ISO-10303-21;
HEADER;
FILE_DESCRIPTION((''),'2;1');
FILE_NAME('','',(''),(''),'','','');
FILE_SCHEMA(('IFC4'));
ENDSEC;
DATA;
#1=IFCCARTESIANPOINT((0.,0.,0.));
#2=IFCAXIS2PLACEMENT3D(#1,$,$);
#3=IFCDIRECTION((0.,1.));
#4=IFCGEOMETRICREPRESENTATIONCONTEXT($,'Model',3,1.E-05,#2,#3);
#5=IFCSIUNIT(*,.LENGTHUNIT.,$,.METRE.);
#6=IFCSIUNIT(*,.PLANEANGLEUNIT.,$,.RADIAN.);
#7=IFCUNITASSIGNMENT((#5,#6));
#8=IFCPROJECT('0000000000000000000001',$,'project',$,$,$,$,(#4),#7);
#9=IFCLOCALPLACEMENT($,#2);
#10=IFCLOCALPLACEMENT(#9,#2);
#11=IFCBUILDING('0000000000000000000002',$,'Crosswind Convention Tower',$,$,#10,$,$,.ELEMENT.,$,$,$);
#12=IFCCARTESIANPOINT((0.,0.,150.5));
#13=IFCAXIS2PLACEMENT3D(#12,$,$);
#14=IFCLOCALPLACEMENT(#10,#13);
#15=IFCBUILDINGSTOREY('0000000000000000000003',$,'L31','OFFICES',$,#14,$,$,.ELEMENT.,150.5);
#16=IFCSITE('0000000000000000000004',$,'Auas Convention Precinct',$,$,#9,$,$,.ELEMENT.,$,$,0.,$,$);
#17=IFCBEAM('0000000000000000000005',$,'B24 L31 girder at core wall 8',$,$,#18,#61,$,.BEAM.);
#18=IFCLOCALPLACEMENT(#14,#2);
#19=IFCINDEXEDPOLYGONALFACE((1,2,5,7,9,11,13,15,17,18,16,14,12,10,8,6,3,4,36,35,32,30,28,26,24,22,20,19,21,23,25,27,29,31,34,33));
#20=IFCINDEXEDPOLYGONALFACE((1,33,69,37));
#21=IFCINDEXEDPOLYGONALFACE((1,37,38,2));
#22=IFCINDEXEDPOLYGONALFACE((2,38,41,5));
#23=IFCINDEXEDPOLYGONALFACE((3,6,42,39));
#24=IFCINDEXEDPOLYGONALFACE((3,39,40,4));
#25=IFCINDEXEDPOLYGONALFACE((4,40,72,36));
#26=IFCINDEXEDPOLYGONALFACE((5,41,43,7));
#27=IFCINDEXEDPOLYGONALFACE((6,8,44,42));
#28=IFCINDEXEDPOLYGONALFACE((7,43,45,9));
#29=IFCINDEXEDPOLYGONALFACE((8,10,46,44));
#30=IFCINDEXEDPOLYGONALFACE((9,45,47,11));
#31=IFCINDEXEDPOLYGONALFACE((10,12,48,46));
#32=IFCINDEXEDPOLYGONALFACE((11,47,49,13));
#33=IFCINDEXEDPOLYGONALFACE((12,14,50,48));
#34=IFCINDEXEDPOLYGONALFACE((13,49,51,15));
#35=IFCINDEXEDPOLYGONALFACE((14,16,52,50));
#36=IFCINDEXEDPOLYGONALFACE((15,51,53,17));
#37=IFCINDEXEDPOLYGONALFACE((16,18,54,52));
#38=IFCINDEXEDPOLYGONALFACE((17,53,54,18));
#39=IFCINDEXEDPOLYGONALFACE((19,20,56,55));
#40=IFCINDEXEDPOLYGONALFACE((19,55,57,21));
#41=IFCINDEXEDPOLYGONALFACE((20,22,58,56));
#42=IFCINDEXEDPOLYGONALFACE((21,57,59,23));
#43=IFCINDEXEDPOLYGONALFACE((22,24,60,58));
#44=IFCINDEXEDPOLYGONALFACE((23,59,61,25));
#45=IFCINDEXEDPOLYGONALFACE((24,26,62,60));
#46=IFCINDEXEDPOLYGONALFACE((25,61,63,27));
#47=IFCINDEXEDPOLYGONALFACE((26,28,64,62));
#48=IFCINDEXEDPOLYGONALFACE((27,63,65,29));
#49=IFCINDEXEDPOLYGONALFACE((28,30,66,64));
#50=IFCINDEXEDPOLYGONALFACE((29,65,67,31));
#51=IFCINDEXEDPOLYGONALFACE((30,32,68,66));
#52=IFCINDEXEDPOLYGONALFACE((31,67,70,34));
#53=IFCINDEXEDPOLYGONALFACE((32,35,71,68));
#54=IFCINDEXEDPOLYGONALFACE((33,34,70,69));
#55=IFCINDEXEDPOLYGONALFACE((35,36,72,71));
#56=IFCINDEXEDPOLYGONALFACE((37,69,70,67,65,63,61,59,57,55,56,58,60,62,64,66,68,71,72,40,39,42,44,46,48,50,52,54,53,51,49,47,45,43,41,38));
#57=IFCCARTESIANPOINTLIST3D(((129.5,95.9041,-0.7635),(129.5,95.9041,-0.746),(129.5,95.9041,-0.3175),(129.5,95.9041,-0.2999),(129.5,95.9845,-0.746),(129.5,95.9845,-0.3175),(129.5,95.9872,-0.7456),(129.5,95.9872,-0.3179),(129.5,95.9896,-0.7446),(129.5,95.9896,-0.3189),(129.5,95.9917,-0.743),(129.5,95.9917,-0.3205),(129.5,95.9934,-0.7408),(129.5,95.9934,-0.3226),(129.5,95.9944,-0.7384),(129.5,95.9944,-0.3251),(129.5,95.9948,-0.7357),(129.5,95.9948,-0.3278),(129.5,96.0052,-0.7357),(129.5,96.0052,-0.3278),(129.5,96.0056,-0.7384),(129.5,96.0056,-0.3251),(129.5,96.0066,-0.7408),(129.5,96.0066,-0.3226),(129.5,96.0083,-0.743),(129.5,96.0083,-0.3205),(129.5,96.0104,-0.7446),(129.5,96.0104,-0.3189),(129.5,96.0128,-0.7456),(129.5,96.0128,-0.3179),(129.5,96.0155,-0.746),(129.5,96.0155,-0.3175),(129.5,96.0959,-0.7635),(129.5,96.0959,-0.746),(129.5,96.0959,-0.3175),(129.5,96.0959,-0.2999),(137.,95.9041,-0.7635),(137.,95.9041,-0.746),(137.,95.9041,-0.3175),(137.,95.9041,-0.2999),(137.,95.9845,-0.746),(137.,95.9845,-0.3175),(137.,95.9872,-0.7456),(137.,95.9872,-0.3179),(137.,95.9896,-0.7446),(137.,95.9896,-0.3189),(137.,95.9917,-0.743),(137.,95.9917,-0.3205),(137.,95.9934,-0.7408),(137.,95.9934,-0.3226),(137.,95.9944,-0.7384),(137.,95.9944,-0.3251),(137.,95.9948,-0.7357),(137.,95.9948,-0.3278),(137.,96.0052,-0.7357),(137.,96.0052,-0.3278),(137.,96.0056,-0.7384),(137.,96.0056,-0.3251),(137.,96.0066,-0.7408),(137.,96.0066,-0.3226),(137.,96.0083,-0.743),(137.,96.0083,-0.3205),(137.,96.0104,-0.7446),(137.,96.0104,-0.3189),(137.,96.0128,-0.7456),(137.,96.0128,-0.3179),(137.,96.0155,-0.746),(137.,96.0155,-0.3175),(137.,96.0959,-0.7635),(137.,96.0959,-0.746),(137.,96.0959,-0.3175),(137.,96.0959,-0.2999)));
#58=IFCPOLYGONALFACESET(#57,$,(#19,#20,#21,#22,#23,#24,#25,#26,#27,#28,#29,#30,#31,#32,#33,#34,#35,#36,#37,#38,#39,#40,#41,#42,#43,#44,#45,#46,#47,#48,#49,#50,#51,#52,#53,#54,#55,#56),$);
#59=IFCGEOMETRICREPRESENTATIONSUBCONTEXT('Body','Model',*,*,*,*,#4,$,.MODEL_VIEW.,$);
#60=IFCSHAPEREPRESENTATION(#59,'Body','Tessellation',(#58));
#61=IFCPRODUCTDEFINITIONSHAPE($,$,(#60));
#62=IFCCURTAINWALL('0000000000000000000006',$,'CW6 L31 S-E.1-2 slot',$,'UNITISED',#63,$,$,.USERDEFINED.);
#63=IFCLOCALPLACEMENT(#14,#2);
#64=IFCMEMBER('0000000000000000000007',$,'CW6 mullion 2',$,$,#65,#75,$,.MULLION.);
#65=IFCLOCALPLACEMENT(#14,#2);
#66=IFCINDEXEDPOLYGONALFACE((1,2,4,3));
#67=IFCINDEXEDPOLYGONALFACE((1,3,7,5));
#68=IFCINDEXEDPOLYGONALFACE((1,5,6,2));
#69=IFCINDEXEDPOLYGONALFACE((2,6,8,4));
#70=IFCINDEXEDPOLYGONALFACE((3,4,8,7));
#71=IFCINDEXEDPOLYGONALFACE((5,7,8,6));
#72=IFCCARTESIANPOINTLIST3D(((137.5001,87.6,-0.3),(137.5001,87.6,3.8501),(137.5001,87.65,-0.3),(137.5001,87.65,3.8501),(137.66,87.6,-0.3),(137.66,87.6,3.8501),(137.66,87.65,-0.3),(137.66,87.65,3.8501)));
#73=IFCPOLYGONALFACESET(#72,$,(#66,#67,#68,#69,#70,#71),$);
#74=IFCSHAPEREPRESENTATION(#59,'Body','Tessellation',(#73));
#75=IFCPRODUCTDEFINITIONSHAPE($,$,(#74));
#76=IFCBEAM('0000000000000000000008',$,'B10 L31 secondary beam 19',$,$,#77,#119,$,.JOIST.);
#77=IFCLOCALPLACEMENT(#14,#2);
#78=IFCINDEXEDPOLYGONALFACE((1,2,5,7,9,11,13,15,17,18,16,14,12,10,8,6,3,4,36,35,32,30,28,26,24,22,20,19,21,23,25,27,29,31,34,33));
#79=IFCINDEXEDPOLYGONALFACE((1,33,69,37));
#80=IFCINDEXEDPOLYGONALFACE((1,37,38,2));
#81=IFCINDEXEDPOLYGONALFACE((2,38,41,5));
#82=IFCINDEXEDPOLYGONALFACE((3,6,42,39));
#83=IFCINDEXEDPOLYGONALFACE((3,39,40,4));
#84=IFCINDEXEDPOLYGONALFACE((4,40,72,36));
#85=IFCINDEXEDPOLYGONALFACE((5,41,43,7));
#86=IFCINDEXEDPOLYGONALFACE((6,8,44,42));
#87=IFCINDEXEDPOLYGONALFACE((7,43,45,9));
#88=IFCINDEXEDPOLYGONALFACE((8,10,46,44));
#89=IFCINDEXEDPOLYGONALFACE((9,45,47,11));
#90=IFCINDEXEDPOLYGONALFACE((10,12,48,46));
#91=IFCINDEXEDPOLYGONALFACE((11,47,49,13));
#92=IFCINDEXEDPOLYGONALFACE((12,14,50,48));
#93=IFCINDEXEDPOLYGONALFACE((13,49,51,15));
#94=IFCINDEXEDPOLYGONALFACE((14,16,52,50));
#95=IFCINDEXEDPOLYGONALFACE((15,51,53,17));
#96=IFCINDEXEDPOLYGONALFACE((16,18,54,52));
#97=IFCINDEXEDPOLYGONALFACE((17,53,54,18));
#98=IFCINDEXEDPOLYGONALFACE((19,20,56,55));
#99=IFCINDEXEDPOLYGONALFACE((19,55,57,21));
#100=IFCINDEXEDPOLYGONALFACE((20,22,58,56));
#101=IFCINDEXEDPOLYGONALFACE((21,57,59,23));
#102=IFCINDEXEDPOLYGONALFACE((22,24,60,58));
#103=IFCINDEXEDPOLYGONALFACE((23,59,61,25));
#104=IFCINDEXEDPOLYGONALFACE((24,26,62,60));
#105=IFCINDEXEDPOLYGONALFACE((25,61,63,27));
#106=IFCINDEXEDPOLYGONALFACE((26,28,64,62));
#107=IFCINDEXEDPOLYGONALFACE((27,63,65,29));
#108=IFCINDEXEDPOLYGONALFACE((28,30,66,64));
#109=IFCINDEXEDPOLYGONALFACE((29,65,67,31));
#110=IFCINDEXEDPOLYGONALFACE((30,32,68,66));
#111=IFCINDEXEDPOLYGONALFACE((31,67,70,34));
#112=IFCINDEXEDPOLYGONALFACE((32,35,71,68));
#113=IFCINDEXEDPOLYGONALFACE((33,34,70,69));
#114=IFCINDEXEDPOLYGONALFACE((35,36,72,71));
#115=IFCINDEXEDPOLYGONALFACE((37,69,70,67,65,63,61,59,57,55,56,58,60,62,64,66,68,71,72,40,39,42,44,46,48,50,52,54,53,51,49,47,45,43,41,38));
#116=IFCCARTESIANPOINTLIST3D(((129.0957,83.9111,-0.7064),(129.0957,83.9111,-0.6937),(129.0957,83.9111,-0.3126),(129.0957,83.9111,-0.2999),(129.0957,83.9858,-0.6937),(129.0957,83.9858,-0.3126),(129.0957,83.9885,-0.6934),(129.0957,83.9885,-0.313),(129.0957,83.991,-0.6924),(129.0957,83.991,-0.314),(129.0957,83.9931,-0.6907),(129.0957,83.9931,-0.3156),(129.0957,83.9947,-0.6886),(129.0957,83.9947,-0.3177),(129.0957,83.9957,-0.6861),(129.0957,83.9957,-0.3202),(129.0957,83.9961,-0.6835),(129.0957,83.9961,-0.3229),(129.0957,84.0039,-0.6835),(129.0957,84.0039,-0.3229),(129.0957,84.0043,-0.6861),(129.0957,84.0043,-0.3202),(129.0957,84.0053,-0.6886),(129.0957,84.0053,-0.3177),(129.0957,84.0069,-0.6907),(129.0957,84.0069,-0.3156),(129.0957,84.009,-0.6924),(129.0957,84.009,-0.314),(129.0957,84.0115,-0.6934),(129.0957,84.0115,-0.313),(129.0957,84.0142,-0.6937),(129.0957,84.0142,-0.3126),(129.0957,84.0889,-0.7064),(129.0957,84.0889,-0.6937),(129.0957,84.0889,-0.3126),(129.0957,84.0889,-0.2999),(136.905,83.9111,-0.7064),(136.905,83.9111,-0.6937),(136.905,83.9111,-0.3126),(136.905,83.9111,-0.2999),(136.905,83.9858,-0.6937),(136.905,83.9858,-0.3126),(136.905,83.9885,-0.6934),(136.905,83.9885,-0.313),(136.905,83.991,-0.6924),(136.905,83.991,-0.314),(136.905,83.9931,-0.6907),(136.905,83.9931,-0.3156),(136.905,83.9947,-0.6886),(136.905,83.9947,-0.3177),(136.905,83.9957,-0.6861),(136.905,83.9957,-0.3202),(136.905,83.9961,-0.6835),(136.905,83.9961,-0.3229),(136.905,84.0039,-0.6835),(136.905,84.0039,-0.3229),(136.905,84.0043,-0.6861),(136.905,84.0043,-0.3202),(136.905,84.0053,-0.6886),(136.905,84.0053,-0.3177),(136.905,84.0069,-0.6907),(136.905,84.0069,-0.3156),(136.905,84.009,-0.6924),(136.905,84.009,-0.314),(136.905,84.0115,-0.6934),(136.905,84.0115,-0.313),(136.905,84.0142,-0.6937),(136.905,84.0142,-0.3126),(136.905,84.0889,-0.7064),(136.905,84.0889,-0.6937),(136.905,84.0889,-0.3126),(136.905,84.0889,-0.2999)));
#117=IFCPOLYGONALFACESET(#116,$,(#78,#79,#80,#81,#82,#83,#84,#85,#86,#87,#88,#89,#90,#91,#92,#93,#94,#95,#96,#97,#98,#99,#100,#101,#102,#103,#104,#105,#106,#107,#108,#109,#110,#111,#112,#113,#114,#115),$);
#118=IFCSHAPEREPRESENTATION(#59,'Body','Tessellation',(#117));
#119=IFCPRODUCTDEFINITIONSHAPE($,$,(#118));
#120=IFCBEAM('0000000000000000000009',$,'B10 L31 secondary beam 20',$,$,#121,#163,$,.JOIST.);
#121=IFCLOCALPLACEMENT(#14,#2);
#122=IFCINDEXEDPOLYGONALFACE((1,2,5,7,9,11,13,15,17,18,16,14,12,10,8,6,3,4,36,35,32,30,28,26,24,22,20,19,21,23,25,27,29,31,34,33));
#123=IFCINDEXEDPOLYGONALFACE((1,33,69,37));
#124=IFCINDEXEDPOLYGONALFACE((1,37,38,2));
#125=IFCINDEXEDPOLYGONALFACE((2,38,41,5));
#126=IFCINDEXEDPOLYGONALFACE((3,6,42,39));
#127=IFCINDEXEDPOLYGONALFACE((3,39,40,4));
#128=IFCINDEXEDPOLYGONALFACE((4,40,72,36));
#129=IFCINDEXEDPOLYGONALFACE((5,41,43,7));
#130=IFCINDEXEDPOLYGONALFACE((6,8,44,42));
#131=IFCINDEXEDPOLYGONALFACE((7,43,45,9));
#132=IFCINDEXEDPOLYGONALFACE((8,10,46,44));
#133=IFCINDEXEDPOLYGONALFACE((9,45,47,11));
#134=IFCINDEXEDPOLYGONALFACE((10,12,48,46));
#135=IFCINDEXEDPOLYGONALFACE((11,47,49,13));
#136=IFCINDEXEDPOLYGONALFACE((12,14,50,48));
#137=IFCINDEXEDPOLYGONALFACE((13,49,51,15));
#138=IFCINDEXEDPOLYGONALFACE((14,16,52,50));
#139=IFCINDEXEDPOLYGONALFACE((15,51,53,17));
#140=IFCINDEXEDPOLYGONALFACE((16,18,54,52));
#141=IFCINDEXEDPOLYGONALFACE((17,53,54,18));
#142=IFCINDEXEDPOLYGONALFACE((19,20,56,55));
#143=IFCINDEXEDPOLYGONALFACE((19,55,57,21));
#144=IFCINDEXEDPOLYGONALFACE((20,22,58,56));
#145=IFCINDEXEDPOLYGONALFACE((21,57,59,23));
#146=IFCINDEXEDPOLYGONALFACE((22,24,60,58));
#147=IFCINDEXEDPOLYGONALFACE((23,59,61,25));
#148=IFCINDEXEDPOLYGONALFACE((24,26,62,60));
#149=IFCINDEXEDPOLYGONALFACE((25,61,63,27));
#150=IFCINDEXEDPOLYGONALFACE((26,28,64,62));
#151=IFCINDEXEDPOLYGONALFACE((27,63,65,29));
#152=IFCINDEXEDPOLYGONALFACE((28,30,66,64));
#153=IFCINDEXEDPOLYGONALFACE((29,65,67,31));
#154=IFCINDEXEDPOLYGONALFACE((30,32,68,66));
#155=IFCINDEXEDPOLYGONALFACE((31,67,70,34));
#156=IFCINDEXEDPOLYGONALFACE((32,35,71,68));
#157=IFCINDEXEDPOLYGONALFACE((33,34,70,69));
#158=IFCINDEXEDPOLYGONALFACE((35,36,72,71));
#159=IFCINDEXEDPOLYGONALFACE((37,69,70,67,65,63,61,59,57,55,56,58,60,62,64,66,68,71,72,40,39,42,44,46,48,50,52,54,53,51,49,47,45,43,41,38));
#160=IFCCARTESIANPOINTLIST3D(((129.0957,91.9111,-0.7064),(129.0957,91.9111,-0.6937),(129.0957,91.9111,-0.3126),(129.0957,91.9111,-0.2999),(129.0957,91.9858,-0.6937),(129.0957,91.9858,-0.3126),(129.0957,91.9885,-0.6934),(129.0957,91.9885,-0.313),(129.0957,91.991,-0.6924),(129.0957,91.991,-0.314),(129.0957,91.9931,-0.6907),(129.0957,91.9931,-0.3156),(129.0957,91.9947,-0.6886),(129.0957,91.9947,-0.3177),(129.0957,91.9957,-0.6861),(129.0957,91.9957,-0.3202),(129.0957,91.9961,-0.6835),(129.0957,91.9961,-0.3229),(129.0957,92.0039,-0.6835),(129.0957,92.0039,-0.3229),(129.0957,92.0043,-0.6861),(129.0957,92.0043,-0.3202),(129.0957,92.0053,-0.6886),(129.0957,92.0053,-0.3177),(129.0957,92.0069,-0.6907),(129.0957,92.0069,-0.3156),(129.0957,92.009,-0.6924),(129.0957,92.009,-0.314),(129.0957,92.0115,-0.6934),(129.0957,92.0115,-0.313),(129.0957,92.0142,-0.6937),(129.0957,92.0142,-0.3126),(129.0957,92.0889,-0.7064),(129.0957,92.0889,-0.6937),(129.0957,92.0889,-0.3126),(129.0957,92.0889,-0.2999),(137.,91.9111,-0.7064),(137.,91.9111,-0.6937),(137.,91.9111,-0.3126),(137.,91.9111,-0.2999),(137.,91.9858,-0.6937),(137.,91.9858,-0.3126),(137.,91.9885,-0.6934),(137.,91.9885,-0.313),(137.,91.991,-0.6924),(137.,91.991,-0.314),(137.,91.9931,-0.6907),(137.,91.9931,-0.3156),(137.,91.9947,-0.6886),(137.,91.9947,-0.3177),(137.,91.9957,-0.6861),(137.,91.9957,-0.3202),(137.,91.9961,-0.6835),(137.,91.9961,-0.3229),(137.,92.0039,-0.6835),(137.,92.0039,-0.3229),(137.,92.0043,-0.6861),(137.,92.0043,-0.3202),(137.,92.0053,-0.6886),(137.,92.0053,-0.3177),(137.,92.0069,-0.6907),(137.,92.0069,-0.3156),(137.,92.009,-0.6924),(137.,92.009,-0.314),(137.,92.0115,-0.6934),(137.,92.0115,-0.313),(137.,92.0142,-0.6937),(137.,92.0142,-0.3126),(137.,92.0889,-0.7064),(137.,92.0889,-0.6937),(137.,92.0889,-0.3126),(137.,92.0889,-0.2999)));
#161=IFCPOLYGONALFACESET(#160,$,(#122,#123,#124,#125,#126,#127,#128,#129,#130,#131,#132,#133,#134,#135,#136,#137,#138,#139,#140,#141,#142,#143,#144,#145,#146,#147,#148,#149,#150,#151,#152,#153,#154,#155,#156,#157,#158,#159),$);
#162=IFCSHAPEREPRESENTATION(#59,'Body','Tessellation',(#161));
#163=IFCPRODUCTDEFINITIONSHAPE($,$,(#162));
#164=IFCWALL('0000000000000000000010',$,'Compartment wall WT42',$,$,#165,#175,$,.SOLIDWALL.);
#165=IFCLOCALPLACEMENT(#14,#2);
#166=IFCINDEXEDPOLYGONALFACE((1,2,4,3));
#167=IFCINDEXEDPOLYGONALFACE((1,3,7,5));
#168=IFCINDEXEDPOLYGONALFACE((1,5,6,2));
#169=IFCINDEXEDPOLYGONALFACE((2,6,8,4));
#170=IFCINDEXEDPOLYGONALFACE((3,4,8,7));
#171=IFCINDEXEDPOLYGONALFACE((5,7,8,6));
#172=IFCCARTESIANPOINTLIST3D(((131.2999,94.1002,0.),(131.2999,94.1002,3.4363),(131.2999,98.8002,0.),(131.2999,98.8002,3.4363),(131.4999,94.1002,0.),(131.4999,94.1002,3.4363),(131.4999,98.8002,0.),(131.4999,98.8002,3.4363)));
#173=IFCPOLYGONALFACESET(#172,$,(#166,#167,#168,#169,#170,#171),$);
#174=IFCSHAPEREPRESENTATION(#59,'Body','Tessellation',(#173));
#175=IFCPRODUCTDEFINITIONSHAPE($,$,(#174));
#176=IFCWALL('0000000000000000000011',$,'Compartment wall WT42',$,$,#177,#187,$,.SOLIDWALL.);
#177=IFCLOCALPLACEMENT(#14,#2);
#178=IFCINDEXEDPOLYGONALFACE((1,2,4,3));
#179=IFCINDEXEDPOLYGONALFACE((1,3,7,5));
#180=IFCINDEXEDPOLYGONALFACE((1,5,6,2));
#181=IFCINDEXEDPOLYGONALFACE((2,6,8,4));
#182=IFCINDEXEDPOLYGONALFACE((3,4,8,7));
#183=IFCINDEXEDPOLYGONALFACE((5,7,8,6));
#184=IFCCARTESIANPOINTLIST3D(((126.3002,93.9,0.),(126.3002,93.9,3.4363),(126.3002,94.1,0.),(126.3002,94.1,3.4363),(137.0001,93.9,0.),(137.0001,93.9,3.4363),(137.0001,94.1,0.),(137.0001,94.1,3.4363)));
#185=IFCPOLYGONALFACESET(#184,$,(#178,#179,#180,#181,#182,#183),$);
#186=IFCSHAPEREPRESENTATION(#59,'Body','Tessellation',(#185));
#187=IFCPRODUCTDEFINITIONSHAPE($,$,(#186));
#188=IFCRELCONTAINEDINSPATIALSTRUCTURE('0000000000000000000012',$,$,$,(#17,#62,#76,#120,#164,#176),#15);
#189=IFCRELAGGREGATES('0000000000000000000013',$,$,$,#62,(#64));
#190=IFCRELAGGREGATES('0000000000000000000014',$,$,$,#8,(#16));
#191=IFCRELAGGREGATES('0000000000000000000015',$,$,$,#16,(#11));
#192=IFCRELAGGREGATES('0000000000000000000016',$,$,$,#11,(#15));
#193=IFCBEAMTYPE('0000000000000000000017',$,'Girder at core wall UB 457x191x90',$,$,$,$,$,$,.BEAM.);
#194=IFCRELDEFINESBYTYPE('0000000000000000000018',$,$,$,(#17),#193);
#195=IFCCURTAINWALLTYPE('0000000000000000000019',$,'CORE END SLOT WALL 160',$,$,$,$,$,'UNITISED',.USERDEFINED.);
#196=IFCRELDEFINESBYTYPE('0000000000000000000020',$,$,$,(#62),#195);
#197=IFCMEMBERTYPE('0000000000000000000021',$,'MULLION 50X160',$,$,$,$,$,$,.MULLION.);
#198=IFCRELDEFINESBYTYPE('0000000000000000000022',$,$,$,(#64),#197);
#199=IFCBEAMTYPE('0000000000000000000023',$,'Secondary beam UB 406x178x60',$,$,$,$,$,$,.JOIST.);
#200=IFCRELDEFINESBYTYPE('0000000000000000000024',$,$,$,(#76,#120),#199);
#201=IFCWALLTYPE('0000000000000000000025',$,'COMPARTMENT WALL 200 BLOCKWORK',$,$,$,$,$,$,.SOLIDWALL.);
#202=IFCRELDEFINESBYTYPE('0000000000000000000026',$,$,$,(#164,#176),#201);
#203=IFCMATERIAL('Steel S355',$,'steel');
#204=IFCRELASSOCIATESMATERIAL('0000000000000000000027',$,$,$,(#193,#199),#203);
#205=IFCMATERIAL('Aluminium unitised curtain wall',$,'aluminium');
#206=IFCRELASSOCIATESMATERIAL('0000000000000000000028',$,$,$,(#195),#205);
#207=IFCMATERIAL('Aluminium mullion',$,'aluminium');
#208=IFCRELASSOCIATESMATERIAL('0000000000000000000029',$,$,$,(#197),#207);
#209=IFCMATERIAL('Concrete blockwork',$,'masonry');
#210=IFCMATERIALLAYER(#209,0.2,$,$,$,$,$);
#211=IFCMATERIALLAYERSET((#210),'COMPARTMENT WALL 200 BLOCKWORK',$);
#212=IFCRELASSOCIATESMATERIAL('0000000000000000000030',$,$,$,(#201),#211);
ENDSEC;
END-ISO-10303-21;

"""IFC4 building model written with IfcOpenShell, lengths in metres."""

from ifc_helpers import new_model, si_unit, direction, frame, frame_2d, origin, origin_2d, place, context, subcontext, project, spatial, rectangle, i_section, extrude, material, layer, layer_set, material_profile, profile_set, type_object, element, aggregate, save


model = new_model("IFC4")

# Units and contexts
model_context = context("Model", 3, precision=1e-05, world=origin(), true_north=direction((0.0, 1.0)))
body_context = subcontext(model_context, "Body", "Model", "MODEL_VIEW")
ifc_project = project(units=[si_unit("LENGTHUNIT", "METRE"), si_unit("PLANEANGLEUNIT", "RADIAN")], contexts=[model_context])

# Site, building, storey
site_placement = place(None, origin())
site = spatial("IfcSite", under=ifc_project, at=site_placement, Name="Auas Convention Precinct", CompositionType="ELEMENT", RefElevation=0.0)
building_placement = place(site_placement, origin())
building = spatial("IfcBuilding", under=site, at=building_placement, Name="Crosswind Convention Tower", CompositionType="ELEMENT")
storey_placement = place(building_placement, frame((0.0, 0.0, 150.5)))
storey = spatial("IfcBuildingStorey", under=building, at=storey_placement, Name="L31", Description="OFFICES", CompositionType="ELEMENT", Elevation=150.5)

# Beam
ifc_material_1 = material(Name="Steel S355", Category="steel")
ifc_material_profile_1 = material_profile(ifc_material_1, i_section(OverallWidth=0.1919, OverallDepth=0.4636, WebThickness=0.0105, FlangeThickness=0.0176, FilletRadius=0.0103, at=origin_2d()), Name="UB 457x191x90")
ifc_profile_set_1 = profile_set([ifc_material_profile_1], Name="Steel S355")
beam_type_1 = type_object("IfcBeamType", Name="Girder at core wall UB 457x191x90", PredefinedType="BEAM", material=ifc_profile_set_1)
for number, where, z_axis, x_axis, name in (
    (1, (129.5, 96.0, -0.5317), (1.0, 0.0, 0.0), (0.0, 1.0, 0.0), "B24 L31 girder at core wall 8"),
):
    element("IfcBeam", number, at=place(storey_placement, frame(where, z_axis=z_axis, x_axis=x_axis)), inside=storey, type_object=beam_type_1, Name=name, PredefinedType="BEAM", context=body_context, shape_type="SweptSolid", body=[
        extrude(i_section(OverallWidth=0.1919, OverallDepth=0.4636, WebThickness=0.0105, FlangeThickness=0.0176, FilletRadius=0.0103, at=origin_2d()), origin(), (0.0, 0.0, 1.0), 7.5),
    ])

# Curtain wall, member
ifc_material_2 = material(Name="Aluminium unitised curtain wall", Category="aluminium")
curtain_wall_type = type_object("IfcCurtainWallType", Name="CORE END SLOT WALL 160", ElementType="UNITISED", PredefinedType="USERDEFINED", material=ifc_material_2)
curtain_wall_placement = place(storey_placement, origin())
curtain_wall = element("IfcCurtainWall", 2, at=curtain_wall_placement, inside=storey, type_object=curtain_wall_type, Name="CW6 L31 S-E.1-2 slot", ObjectType="UNITISED", PredefinedType="USERDEFINED")
ifc_material_3 = material(Name="Aluminium mullion", Category="aluminium")
ifc_material_profile_2 = material_profile(ifc_material_3, rectangle(XDim=0.1599, YDim=0.05, at=origin_2d()), Name="AL 160X50")
ifc_profile_set_2 = profile_set([ifc_material_profile_2], Name="Aluminium mullion")
member_type = type_object("IfcMemberType", Name="MULLION 50X160", PredefinedType="MULLION", material=ifc_profile_set_2)
member_placement = place(storey_placement, frame((137.5801, 87.625, -0.3), z_axis=(0.0, 0.0, 1.0), x_axis=(1.0, 0.0, 0.0)))
member = element("IfcMember", 3, at=member_placement, type_object=member_type, Name="CW6 mullion 2", PredefinedType="MULLION", context=body_context, shape_type="SweptSolid", body=[
    extrude(rectangle(XDim=0.1599, YDim=0.05, at=origin_2d()), origin(), (0.0, 0.0, 1.0), 4.1501),
])
aggregate(curtain_wall, [member])

# Beams
ifc_material_profile_3 = material_profile(ifc_material_1, i_section(OverallWidth=0.1777, OverallDepth=0.4065, WebThickness=0.0078, FlangeThickness=0.0127, FilletRadius=0.0103, at=origin_2d()), Name="UB 406x178x60")
ifc_profile_set_3 = profile_set([ifc_material_profile_3], Name="Steel S355")
beam_type_2 = type_object("IfcBeamType", Name="Secondary beam UB 406x178x60", PredefinedType="JOIST", material=ifc_profile_set_3)
beam_1_placement = place(storey_placement, frame((129.0957, 84.0, -0.5032), z_axis=(1.0, 0.0, 0.0), x_axis=(0.0, 1.0, 0.0)))
element("IfcBeam", 4, at=beam_1_placement, inside=storey, type_object=beam_type_2, Name="B10 L31 secondary beam 19", PredefinedType="JOIST", context=body_context, shape_type="SweptSolid", body=[
    extrude(i_section(OverallWidth=0.1777, OverallDepth=0.4065, WebThickness=0.0078, FlangeThickness=0.0127, FilletRadius=0.0103, at=origin_2d()), origin(), (0.0, 0.0, 1.0), 7.8093),
])
beam_2_placement = place(storey_placement, frame((129.0957, 92.0, -0.5032), z_axis=(1.0, 0.0, 0.0), x_axis=(0.0, 1.0, 0.0)))
element("IfcBeam", 5, at=beam_2_placement, inside=storey, type_object=beam_type_2, Name="B10 L31 secondary beam 20", PredefinedType="JOIST", context=body_context, shape_type="SweptSolid", body=[
    extrude(i_section(OverallWidth=0.1777, OverallDepth=0.4065, WebThickness=0.0078, FlangeThickness=0.0127, FilletRadius=0.0103, at=origin_2d()), origin(), (0.0, 0.0, 1.0), 7.9043),
])

# Walls
ifc_material_4 = material(Name="Concrete blockwork", Category="masonry")
ifc_layer_1 = layer(ifc_material_4, 0.2)
ifc_layer_set_1 = layer_set([ifc_layer_1], Name="COMPARTMENT WALL 200 BLOCKWORK")
wall_type_1 = type_object("IfcWallType", Name="COMPARTMENT WALL 200 BLOCKWORK", PredefinedType="SOLIDWALL", material=ifc_layer_set_1)
wall_1_placement = place(storey_placement, frame((131.3999, 94.1001, 0.0), z_axis=(0.0, 0.0, 1.0), x_axis=(0.0, 1.0, 0.0)))
element("IfcWall", 6, at=wall_1_placement, inside=storey, type_object=wall_type_1, Name="Compartment wall WT42", PredefinedType="SOLIDWALL", context=body_context, shape_type="SweptSolid", body=[
    extrude(rectangle(XDim=4.7, YDim=0.2, at=frame_2d((2.3501, 0.0))), origin(), (0.0, 0.0, 1.0), 3.4363),
])
wall_2_placement = place(storey_placement, frame((126.3, 94.0, 0.0), z_axis=(0.0, 0.0, 1.0), x_axis=(1.0, 0.0, 0.0)))
element("IfcWall", 7, at=wall_2_placement, inside=storey, type_object=wall_type_1, Name="Compartment wall WT42", PredefinedType="SOLIDWALL", context=body_context, shape_type="SweptSolid", body=[
    extrude(rectangle(XDim=10.7, YDim=0.2, at=frame_2d((5.3501, 0.0))), origin(), (0.0, 0.0, 1.0), 3.4363),
])

save(model, "model.ifc")
